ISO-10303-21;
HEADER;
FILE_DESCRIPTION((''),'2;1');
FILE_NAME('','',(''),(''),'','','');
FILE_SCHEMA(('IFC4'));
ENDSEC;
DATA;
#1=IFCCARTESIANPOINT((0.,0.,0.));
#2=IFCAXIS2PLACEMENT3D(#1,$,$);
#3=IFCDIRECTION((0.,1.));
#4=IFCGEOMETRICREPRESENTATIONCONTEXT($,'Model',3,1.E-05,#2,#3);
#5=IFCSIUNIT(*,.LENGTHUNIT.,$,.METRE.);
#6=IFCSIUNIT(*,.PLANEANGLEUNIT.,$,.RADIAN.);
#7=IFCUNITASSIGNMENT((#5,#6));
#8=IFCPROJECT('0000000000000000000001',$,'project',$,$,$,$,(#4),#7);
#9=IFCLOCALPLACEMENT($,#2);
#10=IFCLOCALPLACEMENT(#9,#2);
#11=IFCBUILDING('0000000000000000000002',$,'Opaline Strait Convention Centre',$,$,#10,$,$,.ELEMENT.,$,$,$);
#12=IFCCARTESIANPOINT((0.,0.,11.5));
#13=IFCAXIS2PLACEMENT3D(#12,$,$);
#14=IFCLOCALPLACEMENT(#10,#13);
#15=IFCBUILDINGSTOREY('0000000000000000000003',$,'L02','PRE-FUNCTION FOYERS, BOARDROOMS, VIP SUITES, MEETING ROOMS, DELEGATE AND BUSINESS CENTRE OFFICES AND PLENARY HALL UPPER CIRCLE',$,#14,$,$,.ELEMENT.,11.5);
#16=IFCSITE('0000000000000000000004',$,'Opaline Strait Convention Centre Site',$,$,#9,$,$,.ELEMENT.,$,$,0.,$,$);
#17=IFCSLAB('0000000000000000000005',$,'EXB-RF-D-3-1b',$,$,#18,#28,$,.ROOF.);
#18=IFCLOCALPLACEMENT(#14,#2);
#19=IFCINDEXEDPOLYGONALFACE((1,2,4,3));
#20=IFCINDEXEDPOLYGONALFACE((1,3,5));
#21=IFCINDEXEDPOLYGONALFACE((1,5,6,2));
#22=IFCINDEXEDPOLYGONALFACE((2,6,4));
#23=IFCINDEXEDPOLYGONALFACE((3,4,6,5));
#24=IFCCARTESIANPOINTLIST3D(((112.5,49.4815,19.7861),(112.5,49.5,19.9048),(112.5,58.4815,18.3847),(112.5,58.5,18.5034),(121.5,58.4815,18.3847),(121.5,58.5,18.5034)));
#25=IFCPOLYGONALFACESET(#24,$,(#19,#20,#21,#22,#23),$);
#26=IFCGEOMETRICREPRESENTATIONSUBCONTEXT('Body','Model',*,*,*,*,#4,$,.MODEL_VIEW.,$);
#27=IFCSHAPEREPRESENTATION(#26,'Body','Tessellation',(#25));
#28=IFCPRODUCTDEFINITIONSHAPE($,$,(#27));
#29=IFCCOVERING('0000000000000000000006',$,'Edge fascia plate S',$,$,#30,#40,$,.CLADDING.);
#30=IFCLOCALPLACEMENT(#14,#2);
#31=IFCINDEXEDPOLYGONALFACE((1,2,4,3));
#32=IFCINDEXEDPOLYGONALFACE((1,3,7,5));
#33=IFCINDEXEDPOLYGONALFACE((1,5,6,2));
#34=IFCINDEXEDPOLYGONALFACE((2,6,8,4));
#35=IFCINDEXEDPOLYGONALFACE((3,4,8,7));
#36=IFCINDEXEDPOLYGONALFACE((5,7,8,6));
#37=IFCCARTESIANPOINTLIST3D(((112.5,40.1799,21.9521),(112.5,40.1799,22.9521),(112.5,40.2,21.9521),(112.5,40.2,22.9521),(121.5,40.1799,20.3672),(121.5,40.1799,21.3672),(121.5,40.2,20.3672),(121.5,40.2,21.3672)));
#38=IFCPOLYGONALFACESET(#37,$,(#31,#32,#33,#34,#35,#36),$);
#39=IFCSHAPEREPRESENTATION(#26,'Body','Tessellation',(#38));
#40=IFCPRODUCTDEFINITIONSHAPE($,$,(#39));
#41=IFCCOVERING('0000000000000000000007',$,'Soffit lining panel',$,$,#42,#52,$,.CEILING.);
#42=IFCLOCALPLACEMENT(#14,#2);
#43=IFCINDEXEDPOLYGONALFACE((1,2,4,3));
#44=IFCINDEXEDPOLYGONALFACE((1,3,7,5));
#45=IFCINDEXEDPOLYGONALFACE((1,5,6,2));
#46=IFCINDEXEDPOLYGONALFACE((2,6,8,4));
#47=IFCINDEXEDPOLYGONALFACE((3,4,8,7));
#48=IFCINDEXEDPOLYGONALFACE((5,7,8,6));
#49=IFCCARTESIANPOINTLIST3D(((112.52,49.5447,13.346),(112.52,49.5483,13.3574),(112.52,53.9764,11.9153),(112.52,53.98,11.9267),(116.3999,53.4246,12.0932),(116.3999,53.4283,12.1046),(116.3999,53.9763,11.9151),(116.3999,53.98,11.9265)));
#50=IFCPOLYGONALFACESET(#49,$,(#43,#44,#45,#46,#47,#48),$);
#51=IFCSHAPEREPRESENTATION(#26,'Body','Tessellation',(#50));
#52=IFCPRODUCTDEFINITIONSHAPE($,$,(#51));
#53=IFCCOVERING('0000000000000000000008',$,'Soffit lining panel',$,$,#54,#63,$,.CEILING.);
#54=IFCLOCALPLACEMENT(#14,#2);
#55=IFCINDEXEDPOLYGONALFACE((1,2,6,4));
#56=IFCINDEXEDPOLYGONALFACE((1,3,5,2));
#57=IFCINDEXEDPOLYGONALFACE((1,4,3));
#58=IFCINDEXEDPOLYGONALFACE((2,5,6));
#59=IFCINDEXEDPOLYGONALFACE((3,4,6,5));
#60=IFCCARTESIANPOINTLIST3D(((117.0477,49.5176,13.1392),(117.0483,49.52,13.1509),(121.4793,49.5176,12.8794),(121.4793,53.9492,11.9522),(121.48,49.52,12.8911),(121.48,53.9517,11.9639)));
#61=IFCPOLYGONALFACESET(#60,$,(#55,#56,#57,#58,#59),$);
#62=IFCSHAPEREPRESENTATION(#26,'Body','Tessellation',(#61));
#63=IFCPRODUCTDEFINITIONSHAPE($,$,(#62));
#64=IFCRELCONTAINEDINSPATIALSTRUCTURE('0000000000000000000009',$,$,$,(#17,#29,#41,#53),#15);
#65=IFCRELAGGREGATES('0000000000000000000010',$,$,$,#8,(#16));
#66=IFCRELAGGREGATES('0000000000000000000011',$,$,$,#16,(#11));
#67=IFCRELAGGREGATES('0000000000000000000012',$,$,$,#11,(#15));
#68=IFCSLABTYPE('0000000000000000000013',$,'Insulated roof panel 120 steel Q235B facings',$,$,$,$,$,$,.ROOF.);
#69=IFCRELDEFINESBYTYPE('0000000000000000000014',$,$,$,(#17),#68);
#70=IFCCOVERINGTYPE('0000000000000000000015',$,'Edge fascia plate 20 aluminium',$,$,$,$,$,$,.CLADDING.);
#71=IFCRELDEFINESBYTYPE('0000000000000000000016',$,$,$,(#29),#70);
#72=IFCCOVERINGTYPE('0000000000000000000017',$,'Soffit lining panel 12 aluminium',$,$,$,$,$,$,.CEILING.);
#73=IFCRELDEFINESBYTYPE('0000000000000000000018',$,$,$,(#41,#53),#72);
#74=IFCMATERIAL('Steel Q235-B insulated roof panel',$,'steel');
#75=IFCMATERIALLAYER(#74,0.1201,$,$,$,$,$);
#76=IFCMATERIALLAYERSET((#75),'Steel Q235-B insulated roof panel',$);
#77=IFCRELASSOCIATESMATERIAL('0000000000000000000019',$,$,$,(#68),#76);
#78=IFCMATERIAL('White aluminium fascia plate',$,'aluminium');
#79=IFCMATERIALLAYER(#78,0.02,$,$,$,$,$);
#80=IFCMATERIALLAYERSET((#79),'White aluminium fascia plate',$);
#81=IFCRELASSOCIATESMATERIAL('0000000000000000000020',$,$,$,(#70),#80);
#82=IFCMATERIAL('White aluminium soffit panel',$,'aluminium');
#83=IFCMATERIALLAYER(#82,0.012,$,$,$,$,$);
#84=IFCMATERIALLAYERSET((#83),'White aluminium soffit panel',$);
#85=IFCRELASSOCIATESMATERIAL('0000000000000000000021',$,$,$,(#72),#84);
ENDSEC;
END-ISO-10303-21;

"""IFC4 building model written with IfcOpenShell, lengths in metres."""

from ifc_helpers import new_model, si_unit, direction, frame, origin, place, context, subcontext, project, spatial, polyline, outline, extrude, material, layer, layer_set, type_object, element, save


model = new_model("IFC4")

# Units and contexts
model_context = context("Model", 3, precision=1e-05, world=origin(), true_north=direction((0.0, 1.0)))
body_context = subcontext(model_context, "Body", "Model", "MODEL_VIEW")
ifc_project = project(units=[si_unit("LENGTHUNIT", "METRE"), si_unit("PLANEANGLEUNIT", "RADIAN")], contexts=[model_context])

# Site, building, storey
site_placement = place(None, origin())
site = spatial("IfcSite", under=ifc_project, at=site_placement, Name="Opaline Strait Convention Centre Site", CompositionType="ELEMENT", RefElevation=0.0)
building_placement = place(site_placement, origin())
building = spatial("IfcBuilding", under=site, at=building_placement, Name="Opaline Strait Convention Centre", CompositionType="ELEMENT")
storey_placement = place(building_placement, frame((0.0, 0.0, 11.5)))
storey = spatial("IfcBuildingStorey", under=building, at=storey_placement, Name="L02", Description="PRE-FUNCTION FOYERS, BOARDROOMS, VIP SUITES, MEETING ROOMS, DELEGATE AND BUSINESS CENTRE OFFICES AND PLENARY HALL UPPER CIRCLE", CompositionType="ELEMENT", Elevation=11.5)

# Slab
ifc_material_1 = material(Name="Steel Q235-B insulated roof panel", Category="steel")
ifc_layer_1 = layer(ifc_material_1, 0.1201)
ifc_layer_set_1 = layer_set([ifc_layer_1], Name="Steel Q235-B insulated roof panel")
slab_type = type_object("IfcSlabType", Name="Insulated roof panel 120 steel Q235B facings", PredefinedType="ROOF", material=ifc_layer_set_1)
slab_1_placement = place(storey_placement, frame((112.5, 49.5, 19.9048), z_axis=(0.0, 0.153854, 0.988094), x_axis=(0.702859, 0.702859, -0.10944)))
element("IfcSlab", 1, at=slab_1_placement, inside=storey, type_object=slab_type, Name="EXB-RF-D-3-1b", PredefinedType="ROOF", context=body_context, shape_type="SweptSolid", body=[
    extrude(outline(polyline([(0.0, 0.0), (12.8048, 0.0), (6.4791, 6.402), (0.0, 0.0)])), origin(), (0.0, 0.0, -1.0), 0.1201),
])

# Coverings
ifc_material_2 = material(Name="White aluminium fascia plate", Category="aluminium")
ifc_layer_2 = layer(ifc_material_2, 0.02)
ifc_layer_set_2 = layer_set([ifc_layer_2], Name="White aluminium fascia plate")
covering_type_1 = type_object("IfcCoveringType", Name="Edge fascia plate 20 aluminium", PredefinedType="CLADDING", material=ifc_layer_set_2)
covering_1_placement = place(storey_placement, frame((117.0, 40.2, 21.6597), z_axis=(0.0, -1.0, 0.0), x_axis=(1.0, 0.0, 0.0)))
element("IfcCovering", 2, at=covering_1_placement, inside=storey, type_object=covering_type_1, Name="Edge fascia plate S", PredefinedType="CLADDING", context=body_context, shape_type="SweptSolid", body=[
    extrude(outline(polyline([(-4.5, 1.2925), (4.5, -0.2925), (4.5, -1.2925), (-4.5, 0.2925), (-4.5, 1.2925)])), origin(), (0.0, 0.0, 1.0), 0.02),
])
ifc_material_3 = material(Name="White aluminium soffit panel", Category="aluminium")
ifc_layer_3 = layer(ifc_material_3, 0.012)
ifc_layer_set_3 = layer_set([ifc_layer_3], Name="White aluminium soffit panel")
covering_type_2 = type_object("IfcCoveringType", Name="Soffit lining panel 12 aluminium", PredefinedType="CEILING", material=ifc_layer_set_3)
covering_2_placement = place(storey_placement, frame((112.52, 49.5483, 13.3574), z_axis=(0.000038, 0.307234, 0.951634), x_axis=(0.0, 0.951634, -0.307234)))
element("IfcCovering", 3, at=covering_2_placement, inside=storey, type_object=covering_type_2, Name="Soffit lining panel", PredefinedType="CEILING", context=body_context, shape_type="SweptSolid", body=[
    extrude(outline(polyline([(0.0, 0.0), (4.6569, 0.0), (4.6569, -3.8799), (4.0772, -3.8799), (0.0, 0.0)])), origin(), (0.0, 0.0, -1.0), 0.012),
])
covering_3_placement = place(storey_placement, frame((117.0483, 49.52, 13.1509), z_axis=(0.05728, 0.204462, 0.977197), x_axis=(0.694756, 0.694756, -0.18609)))
element("IfcCovering", 4, at=covering_3_placement, inside=storey, type_object=covering_type_2, Name="Soffit lining panel", PredefinedType="CEILING", context=body_context, shape_type="SweptSolid", body=[
    extrude(outline(polyline([(0.0, 0.0), (6.3787, 0.0), (3.1272, -3.1508), (0.0, 0.0)])), origin(), (0.0, 0.0, -1.0), 0.012),
])

save(model, "model.ifc")
